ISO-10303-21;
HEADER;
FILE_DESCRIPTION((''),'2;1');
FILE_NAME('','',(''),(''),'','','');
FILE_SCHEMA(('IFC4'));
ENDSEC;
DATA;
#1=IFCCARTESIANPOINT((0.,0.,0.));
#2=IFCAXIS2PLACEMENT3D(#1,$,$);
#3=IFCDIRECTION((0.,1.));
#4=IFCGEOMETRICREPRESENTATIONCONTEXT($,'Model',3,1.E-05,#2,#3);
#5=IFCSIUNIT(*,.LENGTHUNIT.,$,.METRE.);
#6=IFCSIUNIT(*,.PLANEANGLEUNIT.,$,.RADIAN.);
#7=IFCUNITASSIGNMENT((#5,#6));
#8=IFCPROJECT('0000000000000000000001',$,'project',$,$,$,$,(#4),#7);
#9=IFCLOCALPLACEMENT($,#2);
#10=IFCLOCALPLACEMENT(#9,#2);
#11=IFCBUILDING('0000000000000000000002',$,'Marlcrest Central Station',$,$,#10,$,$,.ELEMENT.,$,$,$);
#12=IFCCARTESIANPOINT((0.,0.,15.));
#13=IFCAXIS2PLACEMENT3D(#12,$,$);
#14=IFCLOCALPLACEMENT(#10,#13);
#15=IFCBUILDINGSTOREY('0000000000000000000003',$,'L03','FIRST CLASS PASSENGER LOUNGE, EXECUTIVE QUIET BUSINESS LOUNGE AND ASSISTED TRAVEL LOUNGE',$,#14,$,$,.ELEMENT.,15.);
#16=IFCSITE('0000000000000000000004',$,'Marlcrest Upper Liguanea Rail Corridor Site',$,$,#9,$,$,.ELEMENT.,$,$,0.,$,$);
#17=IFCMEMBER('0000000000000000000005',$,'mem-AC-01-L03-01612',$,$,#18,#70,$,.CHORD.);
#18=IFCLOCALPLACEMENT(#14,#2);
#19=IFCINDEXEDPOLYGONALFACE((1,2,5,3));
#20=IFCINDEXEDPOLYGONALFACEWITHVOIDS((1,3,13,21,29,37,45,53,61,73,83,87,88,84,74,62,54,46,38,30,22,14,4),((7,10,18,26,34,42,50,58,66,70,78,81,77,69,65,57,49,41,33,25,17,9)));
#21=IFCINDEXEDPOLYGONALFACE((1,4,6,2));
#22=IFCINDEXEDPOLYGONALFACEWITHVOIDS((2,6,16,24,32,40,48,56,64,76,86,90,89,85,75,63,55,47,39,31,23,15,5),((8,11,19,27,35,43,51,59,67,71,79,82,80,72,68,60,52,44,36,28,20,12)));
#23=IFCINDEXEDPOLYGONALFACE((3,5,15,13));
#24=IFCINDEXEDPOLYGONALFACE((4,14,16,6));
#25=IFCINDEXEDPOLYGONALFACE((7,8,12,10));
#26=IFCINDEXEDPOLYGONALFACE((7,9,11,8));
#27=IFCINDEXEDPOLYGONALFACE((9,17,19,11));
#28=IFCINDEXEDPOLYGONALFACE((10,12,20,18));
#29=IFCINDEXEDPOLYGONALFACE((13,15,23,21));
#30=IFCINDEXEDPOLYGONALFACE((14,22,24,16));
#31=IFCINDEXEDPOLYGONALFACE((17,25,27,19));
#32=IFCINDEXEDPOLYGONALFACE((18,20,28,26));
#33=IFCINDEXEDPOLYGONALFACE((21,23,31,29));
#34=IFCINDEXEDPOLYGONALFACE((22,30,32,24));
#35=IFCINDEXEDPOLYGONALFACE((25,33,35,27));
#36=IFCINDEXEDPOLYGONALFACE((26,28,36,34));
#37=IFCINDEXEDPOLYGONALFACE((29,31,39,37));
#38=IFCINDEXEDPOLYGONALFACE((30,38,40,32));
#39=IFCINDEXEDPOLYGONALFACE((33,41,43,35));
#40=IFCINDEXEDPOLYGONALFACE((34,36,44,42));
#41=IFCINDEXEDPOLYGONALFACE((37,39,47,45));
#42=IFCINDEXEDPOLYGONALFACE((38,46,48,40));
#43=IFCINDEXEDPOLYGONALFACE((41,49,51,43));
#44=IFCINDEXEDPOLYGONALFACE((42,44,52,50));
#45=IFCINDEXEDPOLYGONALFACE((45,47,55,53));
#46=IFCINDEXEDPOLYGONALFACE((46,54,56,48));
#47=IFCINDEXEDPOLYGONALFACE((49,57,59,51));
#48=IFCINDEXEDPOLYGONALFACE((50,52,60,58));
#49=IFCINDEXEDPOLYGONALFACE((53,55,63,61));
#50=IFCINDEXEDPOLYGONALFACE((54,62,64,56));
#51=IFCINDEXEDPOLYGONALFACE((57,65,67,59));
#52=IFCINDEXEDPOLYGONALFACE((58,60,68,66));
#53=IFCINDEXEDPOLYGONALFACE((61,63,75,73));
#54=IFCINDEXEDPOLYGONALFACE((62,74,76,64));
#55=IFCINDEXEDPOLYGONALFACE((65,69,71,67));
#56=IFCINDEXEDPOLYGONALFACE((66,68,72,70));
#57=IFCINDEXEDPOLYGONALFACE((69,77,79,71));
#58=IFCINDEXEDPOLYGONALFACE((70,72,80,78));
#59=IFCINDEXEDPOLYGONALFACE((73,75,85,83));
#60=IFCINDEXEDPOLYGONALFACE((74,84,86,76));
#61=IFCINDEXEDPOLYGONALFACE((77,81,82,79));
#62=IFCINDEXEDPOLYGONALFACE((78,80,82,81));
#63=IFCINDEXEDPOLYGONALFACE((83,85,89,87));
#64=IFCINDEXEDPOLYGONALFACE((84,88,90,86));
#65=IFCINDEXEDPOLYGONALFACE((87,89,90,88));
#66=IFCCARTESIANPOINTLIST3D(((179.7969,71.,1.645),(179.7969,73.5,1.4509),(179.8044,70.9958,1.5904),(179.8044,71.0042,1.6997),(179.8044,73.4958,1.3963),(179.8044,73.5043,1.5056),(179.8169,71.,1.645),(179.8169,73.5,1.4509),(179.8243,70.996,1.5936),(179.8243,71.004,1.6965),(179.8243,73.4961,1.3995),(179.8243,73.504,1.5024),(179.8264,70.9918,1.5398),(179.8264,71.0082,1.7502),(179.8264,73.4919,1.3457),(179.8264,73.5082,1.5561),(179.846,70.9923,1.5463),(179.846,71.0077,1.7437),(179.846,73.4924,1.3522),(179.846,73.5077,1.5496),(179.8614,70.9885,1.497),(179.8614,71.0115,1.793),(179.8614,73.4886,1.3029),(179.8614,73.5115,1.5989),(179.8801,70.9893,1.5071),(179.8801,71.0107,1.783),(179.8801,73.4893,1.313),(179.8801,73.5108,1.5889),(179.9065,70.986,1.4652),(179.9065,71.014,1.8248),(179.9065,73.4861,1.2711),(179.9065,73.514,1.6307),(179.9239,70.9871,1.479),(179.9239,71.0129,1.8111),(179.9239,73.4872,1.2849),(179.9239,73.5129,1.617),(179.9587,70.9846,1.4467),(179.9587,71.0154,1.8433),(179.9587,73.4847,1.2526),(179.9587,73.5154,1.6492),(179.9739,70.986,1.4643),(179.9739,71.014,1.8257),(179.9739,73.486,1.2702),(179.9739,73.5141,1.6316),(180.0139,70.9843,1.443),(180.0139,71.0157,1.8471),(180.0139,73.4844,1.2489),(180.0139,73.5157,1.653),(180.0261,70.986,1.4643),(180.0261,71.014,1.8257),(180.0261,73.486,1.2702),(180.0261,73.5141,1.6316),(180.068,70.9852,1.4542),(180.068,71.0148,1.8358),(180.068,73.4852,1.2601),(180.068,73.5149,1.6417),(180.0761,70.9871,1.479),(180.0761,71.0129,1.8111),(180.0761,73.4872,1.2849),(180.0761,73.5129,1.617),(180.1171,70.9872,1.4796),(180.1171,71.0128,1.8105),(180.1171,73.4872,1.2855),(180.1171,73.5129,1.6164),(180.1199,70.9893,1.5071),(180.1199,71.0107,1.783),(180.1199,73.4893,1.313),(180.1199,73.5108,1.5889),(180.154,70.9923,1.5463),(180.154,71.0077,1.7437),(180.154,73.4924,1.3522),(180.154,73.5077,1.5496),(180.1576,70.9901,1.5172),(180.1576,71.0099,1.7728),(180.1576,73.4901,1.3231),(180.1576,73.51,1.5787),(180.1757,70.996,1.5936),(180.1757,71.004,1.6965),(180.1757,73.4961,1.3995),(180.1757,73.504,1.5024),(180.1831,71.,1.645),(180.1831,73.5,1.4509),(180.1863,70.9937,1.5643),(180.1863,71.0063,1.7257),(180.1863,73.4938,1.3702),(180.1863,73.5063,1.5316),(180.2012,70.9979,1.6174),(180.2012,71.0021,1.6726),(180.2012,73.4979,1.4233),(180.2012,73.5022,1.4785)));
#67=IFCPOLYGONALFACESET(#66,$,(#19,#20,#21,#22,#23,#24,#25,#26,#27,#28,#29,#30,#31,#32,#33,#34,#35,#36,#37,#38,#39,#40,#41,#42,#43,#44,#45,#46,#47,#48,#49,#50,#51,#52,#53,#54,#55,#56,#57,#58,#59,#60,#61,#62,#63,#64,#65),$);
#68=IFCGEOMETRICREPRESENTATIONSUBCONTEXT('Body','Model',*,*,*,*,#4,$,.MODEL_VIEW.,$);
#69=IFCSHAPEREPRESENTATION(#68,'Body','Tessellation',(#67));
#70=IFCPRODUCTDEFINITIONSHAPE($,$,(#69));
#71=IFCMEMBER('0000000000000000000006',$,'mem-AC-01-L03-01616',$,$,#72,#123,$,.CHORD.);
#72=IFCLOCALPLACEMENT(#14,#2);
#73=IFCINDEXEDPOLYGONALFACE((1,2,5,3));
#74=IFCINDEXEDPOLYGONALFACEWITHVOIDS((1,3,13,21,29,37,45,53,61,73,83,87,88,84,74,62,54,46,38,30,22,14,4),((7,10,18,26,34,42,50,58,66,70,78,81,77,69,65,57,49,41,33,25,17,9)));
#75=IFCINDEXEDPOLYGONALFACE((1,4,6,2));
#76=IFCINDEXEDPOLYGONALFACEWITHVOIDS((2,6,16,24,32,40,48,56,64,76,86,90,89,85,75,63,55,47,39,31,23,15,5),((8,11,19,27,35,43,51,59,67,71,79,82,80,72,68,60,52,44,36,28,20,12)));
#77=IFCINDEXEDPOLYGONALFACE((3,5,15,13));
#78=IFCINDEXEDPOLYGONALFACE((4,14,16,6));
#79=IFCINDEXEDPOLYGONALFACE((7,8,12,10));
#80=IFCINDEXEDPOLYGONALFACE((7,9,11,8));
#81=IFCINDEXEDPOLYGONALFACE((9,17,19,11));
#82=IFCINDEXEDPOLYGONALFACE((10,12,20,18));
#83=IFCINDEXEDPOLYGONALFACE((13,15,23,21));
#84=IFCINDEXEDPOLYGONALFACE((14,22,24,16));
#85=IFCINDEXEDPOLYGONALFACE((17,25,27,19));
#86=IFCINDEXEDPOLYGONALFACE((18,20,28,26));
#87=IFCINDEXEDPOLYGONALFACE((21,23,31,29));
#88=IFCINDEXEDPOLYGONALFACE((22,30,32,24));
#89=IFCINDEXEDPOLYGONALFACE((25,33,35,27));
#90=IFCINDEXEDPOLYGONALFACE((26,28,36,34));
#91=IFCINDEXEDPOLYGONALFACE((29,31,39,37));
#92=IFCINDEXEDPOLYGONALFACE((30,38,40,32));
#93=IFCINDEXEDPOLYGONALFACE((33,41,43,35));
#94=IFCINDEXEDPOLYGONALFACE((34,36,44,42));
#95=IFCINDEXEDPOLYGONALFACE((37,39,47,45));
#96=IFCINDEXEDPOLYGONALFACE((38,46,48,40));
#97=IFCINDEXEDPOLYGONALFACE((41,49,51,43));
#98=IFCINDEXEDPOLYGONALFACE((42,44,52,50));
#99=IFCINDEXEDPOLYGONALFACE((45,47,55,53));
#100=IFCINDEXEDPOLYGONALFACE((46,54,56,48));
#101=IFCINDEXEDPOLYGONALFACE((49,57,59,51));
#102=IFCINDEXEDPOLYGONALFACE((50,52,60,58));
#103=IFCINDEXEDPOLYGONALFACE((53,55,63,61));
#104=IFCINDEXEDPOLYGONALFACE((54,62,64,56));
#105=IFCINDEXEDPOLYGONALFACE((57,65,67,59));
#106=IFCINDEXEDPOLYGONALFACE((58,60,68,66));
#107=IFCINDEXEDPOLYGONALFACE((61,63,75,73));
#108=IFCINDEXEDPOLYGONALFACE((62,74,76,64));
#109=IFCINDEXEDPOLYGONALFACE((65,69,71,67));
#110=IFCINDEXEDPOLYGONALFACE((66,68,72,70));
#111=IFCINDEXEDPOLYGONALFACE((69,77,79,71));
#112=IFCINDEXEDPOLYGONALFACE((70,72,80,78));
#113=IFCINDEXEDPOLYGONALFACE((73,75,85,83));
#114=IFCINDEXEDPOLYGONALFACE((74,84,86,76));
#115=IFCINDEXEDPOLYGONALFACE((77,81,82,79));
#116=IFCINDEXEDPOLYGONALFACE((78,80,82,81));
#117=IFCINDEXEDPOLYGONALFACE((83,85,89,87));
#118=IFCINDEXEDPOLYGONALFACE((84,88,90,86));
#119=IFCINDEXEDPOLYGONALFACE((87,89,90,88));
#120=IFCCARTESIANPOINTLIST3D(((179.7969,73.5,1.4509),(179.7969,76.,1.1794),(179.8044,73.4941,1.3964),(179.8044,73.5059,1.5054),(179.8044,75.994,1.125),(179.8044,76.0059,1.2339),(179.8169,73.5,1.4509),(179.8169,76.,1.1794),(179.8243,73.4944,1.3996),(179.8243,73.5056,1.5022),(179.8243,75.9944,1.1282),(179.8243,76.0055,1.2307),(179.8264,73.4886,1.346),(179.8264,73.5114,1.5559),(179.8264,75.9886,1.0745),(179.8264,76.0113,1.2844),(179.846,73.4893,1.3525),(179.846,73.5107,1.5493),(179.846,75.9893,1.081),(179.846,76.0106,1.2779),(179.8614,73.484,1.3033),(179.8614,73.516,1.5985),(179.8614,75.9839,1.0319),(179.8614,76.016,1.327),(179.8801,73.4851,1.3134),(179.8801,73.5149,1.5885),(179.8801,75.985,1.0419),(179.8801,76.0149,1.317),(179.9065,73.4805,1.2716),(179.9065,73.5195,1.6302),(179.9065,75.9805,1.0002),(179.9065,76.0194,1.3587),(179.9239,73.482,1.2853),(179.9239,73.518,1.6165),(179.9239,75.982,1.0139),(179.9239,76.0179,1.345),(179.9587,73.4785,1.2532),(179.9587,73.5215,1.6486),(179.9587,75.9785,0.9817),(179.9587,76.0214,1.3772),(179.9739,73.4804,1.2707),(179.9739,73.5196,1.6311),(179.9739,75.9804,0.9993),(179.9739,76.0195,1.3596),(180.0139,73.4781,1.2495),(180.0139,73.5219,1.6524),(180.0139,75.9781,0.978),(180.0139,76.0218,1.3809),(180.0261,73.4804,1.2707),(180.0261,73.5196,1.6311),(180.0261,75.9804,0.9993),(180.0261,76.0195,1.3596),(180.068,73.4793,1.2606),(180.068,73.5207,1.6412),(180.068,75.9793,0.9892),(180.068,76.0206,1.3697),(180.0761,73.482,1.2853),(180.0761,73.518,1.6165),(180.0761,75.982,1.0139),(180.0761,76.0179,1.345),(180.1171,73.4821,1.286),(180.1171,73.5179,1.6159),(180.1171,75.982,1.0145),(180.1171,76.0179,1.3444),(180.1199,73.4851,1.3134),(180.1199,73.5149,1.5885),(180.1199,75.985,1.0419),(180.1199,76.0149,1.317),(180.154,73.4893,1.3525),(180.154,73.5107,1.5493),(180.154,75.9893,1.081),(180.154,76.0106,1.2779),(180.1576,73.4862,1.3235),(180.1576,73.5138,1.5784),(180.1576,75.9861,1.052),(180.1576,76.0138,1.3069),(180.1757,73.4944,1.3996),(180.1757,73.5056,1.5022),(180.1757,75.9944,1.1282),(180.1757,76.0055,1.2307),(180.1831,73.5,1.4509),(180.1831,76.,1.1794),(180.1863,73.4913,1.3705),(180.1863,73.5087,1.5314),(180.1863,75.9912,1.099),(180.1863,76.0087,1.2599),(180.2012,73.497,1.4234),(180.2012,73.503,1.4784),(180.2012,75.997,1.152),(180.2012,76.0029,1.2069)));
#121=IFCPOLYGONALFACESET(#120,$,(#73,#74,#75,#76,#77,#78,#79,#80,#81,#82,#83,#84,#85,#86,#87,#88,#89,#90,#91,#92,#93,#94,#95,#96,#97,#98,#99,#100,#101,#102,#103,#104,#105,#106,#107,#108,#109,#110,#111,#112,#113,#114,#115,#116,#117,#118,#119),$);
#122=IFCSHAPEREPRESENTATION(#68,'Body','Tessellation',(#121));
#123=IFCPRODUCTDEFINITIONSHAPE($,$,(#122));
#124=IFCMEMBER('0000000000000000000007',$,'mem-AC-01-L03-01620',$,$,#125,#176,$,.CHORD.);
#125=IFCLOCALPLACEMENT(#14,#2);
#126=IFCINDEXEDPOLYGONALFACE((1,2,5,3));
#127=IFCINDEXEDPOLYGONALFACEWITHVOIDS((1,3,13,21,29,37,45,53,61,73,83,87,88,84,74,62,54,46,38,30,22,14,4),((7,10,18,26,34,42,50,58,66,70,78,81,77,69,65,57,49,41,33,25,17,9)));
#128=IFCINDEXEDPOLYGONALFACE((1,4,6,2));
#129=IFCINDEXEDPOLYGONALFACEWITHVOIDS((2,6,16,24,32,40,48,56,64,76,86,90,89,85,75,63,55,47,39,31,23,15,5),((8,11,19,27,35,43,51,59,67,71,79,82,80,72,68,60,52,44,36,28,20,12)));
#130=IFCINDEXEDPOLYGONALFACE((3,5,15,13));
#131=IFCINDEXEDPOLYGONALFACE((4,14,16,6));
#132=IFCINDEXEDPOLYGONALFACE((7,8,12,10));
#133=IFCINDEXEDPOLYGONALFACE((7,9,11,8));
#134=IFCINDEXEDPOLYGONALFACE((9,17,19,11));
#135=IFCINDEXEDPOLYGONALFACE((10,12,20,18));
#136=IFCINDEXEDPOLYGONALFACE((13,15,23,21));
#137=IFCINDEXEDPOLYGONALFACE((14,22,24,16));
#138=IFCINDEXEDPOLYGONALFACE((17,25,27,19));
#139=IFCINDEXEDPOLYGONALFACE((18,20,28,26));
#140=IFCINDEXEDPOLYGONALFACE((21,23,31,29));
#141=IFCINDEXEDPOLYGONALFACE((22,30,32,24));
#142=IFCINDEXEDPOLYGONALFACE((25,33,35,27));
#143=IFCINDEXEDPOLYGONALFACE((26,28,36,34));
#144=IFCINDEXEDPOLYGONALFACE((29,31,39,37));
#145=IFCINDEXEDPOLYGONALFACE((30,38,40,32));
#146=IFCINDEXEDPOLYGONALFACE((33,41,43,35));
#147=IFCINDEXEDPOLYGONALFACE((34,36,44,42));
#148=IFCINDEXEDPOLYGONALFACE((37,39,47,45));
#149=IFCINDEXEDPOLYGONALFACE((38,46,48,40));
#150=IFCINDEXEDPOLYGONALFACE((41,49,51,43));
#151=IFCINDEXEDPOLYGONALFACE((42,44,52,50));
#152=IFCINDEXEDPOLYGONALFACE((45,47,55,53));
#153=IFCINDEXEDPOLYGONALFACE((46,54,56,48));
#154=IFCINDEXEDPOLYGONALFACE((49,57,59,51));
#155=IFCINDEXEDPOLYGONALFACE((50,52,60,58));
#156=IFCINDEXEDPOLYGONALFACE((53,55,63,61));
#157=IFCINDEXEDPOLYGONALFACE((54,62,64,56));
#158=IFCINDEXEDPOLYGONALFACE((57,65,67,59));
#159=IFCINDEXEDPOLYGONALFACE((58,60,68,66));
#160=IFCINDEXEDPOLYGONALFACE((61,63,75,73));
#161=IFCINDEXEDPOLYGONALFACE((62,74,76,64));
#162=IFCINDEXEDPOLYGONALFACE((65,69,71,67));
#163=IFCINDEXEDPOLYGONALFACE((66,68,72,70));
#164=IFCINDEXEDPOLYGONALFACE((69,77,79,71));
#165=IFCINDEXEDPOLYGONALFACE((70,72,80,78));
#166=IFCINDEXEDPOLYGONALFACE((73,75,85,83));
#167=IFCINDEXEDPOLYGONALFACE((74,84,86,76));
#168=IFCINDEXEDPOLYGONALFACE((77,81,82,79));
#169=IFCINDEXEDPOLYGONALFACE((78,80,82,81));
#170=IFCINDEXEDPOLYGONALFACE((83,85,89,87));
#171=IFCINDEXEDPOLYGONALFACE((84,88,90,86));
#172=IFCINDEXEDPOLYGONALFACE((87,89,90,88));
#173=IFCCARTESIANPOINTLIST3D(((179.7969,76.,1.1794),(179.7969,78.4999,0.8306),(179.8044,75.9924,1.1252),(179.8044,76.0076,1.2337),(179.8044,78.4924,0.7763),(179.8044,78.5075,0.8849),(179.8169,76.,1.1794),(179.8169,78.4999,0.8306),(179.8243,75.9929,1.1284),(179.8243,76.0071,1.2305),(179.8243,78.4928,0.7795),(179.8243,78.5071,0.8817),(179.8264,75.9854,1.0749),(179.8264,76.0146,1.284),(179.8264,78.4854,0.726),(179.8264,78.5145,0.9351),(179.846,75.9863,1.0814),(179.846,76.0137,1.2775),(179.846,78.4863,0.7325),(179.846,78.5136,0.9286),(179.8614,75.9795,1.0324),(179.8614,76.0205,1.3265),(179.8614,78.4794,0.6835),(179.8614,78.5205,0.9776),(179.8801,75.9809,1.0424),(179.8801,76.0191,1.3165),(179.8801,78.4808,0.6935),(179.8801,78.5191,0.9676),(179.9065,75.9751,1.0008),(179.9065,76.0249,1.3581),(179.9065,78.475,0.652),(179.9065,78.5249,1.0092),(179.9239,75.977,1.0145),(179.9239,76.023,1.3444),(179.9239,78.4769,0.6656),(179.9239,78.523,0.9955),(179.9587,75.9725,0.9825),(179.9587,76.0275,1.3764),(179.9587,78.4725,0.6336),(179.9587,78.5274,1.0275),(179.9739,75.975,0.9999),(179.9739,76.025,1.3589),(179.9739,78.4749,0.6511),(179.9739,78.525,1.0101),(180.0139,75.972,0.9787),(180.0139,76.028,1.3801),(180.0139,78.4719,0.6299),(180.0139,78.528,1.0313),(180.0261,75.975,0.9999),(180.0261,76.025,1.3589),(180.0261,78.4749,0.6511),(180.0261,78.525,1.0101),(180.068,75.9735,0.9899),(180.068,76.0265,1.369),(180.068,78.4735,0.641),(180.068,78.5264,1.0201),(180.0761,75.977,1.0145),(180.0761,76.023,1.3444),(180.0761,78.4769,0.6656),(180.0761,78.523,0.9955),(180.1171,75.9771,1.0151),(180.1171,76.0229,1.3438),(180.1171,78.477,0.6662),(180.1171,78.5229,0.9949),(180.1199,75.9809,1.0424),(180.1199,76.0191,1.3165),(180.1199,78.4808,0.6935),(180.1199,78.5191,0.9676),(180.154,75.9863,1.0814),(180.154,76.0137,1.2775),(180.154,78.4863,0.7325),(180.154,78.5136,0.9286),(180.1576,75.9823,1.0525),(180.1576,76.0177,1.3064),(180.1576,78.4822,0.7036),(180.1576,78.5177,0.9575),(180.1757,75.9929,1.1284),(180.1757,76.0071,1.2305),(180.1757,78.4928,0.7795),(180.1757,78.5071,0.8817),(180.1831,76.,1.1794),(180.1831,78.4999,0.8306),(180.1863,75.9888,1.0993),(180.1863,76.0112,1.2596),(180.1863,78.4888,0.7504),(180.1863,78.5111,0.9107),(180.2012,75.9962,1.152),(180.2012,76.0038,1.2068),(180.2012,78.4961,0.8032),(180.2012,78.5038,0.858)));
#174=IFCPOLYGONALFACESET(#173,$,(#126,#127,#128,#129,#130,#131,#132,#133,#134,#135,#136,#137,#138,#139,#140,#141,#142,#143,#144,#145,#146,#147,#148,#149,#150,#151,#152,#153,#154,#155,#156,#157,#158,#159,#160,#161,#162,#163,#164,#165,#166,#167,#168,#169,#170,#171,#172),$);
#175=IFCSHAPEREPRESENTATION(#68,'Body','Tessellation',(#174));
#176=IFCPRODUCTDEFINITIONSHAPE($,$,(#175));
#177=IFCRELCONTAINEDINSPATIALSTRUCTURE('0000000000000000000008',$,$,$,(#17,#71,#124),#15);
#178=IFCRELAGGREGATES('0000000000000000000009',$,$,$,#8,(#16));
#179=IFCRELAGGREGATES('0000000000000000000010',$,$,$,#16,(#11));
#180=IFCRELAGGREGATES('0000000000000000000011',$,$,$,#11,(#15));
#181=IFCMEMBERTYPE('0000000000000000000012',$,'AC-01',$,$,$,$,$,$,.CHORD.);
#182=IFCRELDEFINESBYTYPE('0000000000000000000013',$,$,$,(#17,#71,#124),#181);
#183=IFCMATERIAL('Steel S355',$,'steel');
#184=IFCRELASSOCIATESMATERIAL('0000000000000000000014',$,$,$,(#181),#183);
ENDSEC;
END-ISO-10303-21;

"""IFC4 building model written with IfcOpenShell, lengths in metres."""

from ifc_helpers import new_model, si_unit, direction, frame, origin, origin_2d, place, context, subcontext, project, spatial, hollow_circle, extrude, material, material_profile, profile_set, type_object, element, save


model = new_model("IFC4")

# Units and contexts
model_context = context("Model", 3, precision=1e-05, world=origin(), true_north=direction((0.0, 1.0)))
body_context = subcontext(model_context, "Body", "Model", "MODEL_VIEW")
ifc_project = project(units=[si_unit("LENGTHUNIT", "METRE"), si_unit("PLANEANGLEUNIT", "RADIAN")], contexts=[model_context])

# Site, building, storey
site_placement = place(None, origin())
site = spatial("IfcSite", under=ifc_project, at=site_placement, Name="Marlcrest Upper Liguanea Rail Corridor Site", CompositionType="ELEMENT", RefElevation=0.0)
building_placement = place(site_placement, origin())
building = spatial("IfcBuilding", under=site, at=building_placement, Name="Marlcrest Central Station", CompositionType="ELEMENT")
storey_placement = place(building_placement, frame((0.0, 0.0, 15.0)))
storey = spatial("IfcBuildingStorey", under=building, at=storey_placement, Name="L03", Description="FIRST CLASS PASSENGER LOUNGE, EXECUTIVE QUIET BUSINESS LOUNGE AND ASSISTED TRAVEL LOUNGE", CompositionType="ELEMENT", Elevation=15.0)

# Members
ifc_material_1 = material(Name="Steel S355", Category="steel")
ifc_material_profile_1 = material_profile(ifc_material_1, hollow_circle(Radius=0.2031, WallThickness=0.02, at=origin_2d()), Name="CHS 406.4x20")
ifc_profile_set_1 = profile_set([ifc_material_profile_1], Name="Steel S355")
member_type_1 = type_object("IfcMemberType", Name="AC-01", PredefinedType="CHORD", material=ifc_profile_set_1)
member_1_placement = place(storey_placement, frame((180.0, 71.0, 1.645), z_axis=(0.0, 0.997, -0.077404), x_axis=(-1.0, 0.0, 0.0)))
element("IfcMember", 1, at=member_1_placement, inside=storey, type_object=member_type_1, Name="mem-AC-01-L03-01612", PredefinedType="CHORD", context=body_context, shape_type="SweptSolid", body=[
    extrude(hollow_circle(Radius=0.2031, WallThickness=0.02, at=origin_2d()), origin(), (0.0, 0.0, 1.0), 2.5076),
])
member_2_placement = place(storey_placement, frame((180.0, 73.5, 1.4509), z_axis=(0.0, 0.994155, -0.107959), x_axis=(-1.0, 0.0, 0.0)))
element("IfcMember", 2, at=member_2_placement, inside=storey, type_object=member_type_1, Name="mem-AC-01-L03-01616", PredefinedType="CHORD", context=body_context, shape_type="SweptSolid", body=[
    extrude(hollow_circle(Radius=0.2031, WallThickness=0.02, at=origin_2d()), origin(), (0.0, 0.0, 1.0), 2.5146),
])
member_3_placement = place(storey_placement, frame((180.0, 76.0, 1.1794), z_axis=(0.0, 0.990403, -0.138211), x_axis=(-1.0, 0.0, 0.0)))
element("IfcMember", 3, at=member_3_placement, inside=storey, type_object=member_type_1, Name="mem-AC-01-L03-01620", PredefinedType="CHORD", context=body_context, shape_type="SweptSolid", body=[
    extrude(hollow_circle(Radius=0.2031, WallThickness=0.02, at=origin_2d()), origin(), (0.0, 0.0, 1.0), 2.5242),
])

save(model, "model.ifc")
